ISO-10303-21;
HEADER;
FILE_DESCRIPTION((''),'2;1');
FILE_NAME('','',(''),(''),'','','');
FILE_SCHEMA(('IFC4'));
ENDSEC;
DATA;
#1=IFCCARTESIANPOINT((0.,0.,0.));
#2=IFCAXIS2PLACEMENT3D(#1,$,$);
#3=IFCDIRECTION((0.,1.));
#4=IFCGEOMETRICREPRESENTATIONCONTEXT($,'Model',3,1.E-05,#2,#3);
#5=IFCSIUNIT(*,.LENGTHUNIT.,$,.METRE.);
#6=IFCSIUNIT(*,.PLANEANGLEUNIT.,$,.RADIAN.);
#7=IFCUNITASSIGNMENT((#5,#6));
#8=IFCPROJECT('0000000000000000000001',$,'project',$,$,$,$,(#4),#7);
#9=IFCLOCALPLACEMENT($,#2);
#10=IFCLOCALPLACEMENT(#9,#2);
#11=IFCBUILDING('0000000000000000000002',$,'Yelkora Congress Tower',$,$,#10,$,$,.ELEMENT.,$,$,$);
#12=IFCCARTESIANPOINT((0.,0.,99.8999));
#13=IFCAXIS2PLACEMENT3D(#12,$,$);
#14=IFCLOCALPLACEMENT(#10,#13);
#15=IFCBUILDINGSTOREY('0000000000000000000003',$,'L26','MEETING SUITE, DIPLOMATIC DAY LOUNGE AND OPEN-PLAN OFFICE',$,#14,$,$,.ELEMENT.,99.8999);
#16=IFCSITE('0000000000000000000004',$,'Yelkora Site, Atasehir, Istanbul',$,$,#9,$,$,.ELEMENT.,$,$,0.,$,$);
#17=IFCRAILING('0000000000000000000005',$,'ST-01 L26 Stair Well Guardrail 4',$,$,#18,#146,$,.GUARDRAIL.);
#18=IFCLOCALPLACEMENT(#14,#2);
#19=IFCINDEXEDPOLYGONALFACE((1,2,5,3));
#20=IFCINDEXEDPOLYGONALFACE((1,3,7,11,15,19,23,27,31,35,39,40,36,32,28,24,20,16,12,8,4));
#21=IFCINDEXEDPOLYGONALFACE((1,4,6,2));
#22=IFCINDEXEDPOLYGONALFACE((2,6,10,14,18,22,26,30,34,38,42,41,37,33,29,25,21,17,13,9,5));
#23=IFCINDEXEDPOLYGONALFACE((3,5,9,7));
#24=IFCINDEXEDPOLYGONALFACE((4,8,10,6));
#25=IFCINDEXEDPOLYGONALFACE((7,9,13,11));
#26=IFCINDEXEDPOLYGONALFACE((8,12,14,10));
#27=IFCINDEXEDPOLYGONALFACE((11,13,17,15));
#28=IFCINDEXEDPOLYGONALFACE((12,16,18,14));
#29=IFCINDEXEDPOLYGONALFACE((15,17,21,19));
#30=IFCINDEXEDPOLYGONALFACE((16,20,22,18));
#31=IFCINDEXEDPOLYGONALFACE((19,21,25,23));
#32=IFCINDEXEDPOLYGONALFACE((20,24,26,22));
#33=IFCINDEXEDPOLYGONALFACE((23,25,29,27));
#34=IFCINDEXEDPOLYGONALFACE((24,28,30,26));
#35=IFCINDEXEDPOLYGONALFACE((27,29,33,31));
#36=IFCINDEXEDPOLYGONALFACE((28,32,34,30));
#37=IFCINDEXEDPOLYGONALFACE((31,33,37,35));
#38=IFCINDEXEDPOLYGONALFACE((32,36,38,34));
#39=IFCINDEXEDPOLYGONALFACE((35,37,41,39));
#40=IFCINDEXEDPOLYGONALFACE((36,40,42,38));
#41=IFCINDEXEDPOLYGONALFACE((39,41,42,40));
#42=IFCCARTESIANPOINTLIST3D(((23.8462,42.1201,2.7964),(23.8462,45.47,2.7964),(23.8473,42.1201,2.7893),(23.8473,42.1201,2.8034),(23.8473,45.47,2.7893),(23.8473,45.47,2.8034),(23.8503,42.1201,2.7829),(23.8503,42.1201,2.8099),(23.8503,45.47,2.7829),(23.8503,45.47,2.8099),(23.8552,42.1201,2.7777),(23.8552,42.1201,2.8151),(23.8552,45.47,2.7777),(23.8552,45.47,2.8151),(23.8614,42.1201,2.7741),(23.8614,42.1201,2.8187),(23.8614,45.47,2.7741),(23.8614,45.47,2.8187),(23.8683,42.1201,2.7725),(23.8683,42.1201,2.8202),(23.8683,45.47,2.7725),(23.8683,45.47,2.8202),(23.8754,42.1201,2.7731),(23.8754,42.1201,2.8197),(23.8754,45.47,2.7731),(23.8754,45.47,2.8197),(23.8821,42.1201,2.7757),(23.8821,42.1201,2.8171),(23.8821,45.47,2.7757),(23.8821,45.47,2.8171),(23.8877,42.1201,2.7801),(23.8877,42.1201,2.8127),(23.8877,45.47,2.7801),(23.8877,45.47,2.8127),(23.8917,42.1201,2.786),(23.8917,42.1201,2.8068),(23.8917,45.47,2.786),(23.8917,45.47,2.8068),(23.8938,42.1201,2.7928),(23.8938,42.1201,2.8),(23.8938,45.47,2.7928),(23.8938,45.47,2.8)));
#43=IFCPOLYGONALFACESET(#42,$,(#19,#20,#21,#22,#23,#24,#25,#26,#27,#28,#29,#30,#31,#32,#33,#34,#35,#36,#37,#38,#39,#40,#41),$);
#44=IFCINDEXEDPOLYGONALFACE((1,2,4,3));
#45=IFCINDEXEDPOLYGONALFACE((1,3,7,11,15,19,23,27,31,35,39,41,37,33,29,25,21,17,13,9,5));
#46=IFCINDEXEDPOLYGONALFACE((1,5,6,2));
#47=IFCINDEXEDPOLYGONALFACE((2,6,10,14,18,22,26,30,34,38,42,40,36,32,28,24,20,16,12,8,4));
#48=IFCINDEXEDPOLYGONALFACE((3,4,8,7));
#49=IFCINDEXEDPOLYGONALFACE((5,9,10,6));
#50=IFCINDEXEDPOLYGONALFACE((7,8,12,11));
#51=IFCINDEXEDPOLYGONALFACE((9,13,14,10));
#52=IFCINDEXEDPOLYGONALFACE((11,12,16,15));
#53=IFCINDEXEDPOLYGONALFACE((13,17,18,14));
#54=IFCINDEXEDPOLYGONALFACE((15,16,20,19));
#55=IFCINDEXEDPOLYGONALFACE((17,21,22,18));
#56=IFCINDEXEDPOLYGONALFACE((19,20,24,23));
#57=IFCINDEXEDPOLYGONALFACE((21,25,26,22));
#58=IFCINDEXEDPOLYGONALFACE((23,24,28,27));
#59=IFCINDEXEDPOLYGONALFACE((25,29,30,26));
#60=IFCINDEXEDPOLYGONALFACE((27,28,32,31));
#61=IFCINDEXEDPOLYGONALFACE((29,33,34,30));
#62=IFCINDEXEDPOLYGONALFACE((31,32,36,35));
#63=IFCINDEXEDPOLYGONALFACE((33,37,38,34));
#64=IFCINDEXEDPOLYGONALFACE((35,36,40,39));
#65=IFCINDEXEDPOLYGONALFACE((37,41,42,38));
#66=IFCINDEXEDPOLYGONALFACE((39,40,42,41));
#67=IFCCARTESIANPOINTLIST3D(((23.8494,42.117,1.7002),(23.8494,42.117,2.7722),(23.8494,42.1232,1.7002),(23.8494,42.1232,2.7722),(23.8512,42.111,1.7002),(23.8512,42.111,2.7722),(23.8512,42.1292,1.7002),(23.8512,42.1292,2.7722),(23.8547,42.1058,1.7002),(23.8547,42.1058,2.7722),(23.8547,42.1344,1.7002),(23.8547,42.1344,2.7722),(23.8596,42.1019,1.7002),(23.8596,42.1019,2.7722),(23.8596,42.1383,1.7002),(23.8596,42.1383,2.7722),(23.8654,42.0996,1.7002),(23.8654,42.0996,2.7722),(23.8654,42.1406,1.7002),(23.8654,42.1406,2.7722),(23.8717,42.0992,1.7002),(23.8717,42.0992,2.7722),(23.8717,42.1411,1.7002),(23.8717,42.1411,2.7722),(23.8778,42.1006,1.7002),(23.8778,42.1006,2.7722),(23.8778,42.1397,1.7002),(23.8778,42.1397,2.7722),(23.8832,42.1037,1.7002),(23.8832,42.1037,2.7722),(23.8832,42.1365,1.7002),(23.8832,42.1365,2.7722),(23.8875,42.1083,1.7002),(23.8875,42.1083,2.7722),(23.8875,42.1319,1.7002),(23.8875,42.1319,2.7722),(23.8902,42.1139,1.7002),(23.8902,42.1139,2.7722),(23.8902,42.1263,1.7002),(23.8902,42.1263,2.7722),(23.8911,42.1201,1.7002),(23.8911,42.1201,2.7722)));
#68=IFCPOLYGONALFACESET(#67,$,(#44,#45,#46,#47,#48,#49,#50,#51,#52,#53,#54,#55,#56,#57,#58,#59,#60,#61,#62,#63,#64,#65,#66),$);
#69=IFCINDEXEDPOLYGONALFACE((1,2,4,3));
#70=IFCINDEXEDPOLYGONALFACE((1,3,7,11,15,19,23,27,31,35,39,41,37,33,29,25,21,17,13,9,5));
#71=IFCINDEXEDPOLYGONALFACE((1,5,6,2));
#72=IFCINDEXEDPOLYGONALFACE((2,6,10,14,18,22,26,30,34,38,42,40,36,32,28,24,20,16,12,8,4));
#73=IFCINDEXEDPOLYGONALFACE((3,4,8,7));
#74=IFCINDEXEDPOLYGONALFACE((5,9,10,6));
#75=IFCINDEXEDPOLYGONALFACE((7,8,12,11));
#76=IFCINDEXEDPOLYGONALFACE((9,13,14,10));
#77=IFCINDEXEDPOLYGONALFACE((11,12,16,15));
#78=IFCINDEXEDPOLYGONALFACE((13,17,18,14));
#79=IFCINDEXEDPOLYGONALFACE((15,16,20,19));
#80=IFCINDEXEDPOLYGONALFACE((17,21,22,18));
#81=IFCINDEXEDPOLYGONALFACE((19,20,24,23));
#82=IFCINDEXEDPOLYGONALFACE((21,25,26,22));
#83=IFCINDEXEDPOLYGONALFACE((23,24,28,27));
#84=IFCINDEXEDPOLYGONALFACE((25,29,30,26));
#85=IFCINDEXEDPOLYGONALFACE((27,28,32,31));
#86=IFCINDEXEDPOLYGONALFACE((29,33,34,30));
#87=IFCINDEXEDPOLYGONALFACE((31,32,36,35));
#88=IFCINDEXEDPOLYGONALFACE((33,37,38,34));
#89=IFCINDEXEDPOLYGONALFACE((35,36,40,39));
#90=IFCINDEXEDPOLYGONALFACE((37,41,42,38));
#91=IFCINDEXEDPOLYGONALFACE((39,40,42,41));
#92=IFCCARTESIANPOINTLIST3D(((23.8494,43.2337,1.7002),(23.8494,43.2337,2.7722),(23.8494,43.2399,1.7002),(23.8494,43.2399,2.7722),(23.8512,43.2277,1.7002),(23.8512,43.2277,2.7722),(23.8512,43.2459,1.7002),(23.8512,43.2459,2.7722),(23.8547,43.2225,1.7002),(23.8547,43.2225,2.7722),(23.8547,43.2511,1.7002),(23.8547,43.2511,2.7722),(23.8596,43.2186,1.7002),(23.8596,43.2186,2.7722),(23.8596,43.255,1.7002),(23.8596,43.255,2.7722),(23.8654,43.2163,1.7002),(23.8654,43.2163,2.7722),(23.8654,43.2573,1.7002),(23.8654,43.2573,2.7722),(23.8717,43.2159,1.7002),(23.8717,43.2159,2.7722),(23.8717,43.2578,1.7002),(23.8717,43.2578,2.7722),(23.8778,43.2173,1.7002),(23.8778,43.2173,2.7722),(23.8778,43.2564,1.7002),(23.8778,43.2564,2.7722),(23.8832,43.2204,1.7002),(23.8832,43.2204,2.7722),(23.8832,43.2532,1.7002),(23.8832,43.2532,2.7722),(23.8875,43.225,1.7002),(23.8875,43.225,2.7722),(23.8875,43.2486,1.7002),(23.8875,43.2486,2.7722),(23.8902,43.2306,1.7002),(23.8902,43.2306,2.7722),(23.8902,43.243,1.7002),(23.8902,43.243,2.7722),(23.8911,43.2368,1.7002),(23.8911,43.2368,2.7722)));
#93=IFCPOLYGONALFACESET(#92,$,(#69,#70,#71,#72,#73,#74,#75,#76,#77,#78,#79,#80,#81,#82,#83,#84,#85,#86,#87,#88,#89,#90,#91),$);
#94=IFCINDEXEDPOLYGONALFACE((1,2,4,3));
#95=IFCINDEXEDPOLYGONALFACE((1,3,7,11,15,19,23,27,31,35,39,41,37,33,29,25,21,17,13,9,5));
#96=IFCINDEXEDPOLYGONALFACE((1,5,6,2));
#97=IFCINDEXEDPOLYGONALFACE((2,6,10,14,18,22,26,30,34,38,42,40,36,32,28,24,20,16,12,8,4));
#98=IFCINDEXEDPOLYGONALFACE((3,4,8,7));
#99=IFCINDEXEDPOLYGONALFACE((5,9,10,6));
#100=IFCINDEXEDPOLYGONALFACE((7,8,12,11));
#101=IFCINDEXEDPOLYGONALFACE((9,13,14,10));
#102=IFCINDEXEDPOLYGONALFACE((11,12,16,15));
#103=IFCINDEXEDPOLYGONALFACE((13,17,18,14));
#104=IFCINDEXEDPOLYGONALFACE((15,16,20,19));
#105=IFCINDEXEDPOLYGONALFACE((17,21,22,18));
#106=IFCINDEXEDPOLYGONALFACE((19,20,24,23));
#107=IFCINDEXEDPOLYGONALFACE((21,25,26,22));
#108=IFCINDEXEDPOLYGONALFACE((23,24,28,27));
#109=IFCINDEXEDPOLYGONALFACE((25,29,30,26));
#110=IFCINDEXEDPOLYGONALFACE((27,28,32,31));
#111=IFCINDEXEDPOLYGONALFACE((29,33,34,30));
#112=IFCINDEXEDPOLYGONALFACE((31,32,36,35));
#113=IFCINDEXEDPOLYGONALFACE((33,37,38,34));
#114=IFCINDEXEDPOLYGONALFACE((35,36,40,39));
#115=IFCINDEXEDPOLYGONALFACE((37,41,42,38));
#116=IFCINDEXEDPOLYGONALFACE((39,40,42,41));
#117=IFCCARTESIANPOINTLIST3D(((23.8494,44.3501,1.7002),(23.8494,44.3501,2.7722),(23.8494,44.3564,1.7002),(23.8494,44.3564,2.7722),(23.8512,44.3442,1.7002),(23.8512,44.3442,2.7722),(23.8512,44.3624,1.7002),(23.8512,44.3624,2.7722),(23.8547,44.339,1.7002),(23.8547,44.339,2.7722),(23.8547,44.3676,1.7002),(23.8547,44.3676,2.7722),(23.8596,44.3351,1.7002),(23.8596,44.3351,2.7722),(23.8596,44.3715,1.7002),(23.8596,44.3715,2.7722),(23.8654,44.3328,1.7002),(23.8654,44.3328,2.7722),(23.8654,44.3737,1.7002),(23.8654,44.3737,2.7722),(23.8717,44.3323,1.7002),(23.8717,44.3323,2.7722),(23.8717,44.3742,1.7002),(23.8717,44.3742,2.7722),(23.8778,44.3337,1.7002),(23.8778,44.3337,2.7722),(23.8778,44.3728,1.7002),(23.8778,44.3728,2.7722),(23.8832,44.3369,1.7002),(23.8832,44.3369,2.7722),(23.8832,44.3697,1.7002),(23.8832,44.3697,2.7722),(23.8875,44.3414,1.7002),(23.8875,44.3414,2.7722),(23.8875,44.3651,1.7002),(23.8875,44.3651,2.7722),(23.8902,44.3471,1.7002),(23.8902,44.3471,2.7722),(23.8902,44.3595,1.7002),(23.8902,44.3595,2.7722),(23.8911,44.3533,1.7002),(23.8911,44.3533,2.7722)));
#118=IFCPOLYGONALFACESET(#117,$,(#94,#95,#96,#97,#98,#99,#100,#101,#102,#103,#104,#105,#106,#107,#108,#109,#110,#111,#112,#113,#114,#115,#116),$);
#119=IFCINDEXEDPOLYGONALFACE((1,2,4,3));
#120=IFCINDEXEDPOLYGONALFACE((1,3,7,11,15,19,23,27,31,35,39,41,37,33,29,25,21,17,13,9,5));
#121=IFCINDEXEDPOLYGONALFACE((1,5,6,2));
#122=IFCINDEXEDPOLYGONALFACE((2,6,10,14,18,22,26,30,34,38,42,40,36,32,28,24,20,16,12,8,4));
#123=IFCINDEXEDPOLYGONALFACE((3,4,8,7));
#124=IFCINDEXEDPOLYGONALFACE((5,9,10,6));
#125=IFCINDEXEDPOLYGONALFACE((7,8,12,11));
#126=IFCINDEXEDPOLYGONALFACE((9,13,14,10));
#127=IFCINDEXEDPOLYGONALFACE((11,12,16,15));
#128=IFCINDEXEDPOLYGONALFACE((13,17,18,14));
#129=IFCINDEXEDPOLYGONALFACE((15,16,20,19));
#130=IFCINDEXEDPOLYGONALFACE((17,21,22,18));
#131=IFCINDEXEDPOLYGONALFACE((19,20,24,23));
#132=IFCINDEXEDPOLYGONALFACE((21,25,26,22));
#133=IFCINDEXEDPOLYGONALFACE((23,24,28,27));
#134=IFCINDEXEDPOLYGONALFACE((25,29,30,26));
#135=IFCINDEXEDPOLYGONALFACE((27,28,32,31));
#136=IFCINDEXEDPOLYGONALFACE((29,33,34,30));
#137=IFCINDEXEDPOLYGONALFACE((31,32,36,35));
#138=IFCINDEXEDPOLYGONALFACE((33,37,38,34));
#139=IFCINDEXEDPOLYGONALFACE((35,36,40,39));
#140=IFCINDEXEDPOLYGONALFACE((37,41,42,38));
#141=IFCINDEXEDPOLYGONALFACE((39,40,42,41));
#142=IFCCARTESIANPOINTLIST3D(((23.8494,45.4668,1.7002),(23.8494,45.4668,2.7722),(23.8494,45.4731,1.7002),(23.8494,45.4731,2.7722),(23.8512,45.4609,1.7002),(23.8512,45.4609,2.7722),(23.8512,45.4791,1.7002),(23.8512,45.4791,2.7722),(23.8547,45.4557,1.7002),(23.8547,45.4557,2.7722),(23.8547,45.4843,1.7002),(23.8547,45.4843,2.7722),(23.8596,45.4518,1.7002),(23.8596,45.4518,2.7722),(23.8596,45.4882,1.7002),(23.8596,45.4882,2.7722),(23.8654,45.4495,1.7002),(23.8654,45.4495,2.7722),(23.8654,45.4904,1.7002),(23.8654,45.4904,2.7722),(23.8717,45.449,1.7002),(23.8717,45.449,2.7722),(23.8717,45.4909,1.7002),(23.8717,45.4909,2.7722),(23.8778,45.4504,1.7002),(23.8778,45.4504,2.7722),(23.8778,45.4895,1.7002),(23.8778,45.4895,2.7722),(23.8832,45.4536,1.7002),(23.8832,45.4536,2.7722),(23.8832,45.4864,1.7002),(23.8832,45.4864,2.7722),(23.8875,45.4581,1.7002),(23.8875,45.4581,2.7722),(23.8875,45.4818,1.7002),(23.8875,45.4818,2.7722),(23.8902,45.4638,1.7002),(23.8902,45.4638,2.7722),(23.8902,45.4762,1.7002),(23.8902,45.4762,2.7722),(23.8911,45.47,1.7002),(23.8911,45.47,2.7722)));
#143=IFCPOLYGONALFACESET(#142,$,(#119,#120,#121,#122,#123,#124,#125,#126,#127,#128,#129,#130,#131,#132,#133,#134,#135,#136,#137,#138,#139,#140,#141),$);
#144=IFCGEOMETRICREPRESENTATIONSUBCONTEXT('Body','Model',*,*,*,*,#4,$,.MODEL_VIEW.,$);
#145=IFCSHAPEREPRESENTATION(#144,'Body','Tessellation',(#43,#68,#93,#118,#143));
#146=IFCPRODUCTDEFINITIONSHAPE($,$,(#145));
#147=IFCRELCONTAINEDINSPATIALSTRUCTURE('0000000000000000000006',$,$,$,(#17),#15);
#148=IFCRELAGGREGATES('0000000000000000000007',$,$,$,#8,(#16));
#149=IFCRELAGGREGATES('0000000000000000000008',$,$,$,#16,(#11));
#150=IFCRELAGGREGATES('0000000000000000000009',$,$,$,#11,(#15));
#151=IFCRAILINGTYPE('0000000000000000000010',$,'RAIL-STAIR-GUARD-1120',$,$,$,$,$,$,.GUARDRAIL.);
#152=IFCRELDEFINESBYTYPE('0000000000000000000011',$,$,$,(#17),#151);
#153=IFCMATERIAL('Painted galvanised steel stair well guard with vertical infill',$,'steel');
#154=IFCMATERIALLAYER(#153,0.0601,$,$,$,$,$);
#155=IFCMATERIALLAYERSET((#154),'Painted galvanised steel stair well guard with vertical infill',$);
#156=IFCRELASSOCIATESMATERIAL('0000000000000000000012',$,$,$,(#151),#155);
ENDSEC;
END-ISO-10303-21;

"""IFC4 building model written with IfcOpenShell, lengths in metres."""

from ifc_helpers import new_model, si_unit, direction, frame, origin, origin_2d, place, context, subcontext, project, spatial, circle, extrude, material, layer, layer_set, type_object, element, save


model = new_model("IFC4")

# Units and contexts
model_context = context("Model", 3, precision=1e-05, world=origin(), true_north=direction((0.0, 1.0)))
body_context = subcontext(model_context, "Body", "Model", "MODEL_VIEW")
ifc_project = project(units=[si_unit("LENGTHUNIT", "METRE"), si_unit("PLANEANGLEUNIT", "RADIAN")], contexts=[model_context])

# Site, building, storey
site_placement = place(None, origin())
site = spatial("IfcSite", under=ifc_project, at=site_placement, Name="Yelkora Site, Atasehir, Istanbul", CompositionType="ELEMENT", RefElevation=0.0)
building_placement = place(site_placement, origin())
building = spatial("IfcBuilding", under=site, at=building_placement, Name="Yelkora Congress Tower", CompositionType="ELEMENT")
storey_placement = place(building_placement, frame((0.0, 0.0, 99.8999)))
storey = spatial("IfcBuildingStorey", under=building, at=storey_placement, Name="L26", Description="MEETING SUITE, DIPLOMATIC DAY LOUNGE AND OPEN-PLAN OFFICE", CompositionType="ELEMENT", Elevation=99.8999)

# Railing
ifc_material_1 = material(Name="Painted galvanised steel stair well guard with vertical infill", Category="steel")
ifc_layer_1 = layer(ifc_material_1, 0.0601)
ifc_layer_set_1 = layer_set([ifc_layer_1], Name="Painted galvanised steel stair well guard with vertical infill")
railing_type_1 = type_object("IfcRailingType", Name="RAIL-STAIR-GUARD-1120", PredefinedType="GUARDRAIL", material=ifc_layer_set_1)
railing_1_placement = place(storey_placement, frame((23.8701, 42.1201, 1.7002)))
element("IfcRailing", 1, at=railing_1_placement, inside=storey, type_object=railing_type_1, Name="ST-01 L26 Stair Well Guardrail 4", PredefinedType="GUARDRAIL", context=body_context, shape_type="SweptSolid", body=[
    extrude(circle(Radius=0.0239, at=origin_2d()), frame((0.0, 0.0, 1.0962), z_axis=(0.0, 1.0, 0.0), x_axis=(-1.0, 0.0, 0.0)), (0.0, 0.0, 1.0), 3.3499),
    extrude(circle(Radius=0.021, at=origin_2d()), origin(), (0.0, 0.0, 1.0), 1.072),
    extrude(circle(Radius=0.021, at=origin_2d()), frame((0.0, 1.1167, 0.0)), (0.0, 0.0, 1.0), 1.072),
    extrude(circle(Radius=0.021, at=origin_2d()), frame((0.0, 2.2332, 0.0)), (0.0, 0.0, 1.0), 1.072),
    extrude(circle(Radius=0.021, at=origin_2d()), frame((0.0, 3.3499, 0.0)), (0.0, 0.0, 1.0), 1.072),
])

save(model, "model.ifc")
